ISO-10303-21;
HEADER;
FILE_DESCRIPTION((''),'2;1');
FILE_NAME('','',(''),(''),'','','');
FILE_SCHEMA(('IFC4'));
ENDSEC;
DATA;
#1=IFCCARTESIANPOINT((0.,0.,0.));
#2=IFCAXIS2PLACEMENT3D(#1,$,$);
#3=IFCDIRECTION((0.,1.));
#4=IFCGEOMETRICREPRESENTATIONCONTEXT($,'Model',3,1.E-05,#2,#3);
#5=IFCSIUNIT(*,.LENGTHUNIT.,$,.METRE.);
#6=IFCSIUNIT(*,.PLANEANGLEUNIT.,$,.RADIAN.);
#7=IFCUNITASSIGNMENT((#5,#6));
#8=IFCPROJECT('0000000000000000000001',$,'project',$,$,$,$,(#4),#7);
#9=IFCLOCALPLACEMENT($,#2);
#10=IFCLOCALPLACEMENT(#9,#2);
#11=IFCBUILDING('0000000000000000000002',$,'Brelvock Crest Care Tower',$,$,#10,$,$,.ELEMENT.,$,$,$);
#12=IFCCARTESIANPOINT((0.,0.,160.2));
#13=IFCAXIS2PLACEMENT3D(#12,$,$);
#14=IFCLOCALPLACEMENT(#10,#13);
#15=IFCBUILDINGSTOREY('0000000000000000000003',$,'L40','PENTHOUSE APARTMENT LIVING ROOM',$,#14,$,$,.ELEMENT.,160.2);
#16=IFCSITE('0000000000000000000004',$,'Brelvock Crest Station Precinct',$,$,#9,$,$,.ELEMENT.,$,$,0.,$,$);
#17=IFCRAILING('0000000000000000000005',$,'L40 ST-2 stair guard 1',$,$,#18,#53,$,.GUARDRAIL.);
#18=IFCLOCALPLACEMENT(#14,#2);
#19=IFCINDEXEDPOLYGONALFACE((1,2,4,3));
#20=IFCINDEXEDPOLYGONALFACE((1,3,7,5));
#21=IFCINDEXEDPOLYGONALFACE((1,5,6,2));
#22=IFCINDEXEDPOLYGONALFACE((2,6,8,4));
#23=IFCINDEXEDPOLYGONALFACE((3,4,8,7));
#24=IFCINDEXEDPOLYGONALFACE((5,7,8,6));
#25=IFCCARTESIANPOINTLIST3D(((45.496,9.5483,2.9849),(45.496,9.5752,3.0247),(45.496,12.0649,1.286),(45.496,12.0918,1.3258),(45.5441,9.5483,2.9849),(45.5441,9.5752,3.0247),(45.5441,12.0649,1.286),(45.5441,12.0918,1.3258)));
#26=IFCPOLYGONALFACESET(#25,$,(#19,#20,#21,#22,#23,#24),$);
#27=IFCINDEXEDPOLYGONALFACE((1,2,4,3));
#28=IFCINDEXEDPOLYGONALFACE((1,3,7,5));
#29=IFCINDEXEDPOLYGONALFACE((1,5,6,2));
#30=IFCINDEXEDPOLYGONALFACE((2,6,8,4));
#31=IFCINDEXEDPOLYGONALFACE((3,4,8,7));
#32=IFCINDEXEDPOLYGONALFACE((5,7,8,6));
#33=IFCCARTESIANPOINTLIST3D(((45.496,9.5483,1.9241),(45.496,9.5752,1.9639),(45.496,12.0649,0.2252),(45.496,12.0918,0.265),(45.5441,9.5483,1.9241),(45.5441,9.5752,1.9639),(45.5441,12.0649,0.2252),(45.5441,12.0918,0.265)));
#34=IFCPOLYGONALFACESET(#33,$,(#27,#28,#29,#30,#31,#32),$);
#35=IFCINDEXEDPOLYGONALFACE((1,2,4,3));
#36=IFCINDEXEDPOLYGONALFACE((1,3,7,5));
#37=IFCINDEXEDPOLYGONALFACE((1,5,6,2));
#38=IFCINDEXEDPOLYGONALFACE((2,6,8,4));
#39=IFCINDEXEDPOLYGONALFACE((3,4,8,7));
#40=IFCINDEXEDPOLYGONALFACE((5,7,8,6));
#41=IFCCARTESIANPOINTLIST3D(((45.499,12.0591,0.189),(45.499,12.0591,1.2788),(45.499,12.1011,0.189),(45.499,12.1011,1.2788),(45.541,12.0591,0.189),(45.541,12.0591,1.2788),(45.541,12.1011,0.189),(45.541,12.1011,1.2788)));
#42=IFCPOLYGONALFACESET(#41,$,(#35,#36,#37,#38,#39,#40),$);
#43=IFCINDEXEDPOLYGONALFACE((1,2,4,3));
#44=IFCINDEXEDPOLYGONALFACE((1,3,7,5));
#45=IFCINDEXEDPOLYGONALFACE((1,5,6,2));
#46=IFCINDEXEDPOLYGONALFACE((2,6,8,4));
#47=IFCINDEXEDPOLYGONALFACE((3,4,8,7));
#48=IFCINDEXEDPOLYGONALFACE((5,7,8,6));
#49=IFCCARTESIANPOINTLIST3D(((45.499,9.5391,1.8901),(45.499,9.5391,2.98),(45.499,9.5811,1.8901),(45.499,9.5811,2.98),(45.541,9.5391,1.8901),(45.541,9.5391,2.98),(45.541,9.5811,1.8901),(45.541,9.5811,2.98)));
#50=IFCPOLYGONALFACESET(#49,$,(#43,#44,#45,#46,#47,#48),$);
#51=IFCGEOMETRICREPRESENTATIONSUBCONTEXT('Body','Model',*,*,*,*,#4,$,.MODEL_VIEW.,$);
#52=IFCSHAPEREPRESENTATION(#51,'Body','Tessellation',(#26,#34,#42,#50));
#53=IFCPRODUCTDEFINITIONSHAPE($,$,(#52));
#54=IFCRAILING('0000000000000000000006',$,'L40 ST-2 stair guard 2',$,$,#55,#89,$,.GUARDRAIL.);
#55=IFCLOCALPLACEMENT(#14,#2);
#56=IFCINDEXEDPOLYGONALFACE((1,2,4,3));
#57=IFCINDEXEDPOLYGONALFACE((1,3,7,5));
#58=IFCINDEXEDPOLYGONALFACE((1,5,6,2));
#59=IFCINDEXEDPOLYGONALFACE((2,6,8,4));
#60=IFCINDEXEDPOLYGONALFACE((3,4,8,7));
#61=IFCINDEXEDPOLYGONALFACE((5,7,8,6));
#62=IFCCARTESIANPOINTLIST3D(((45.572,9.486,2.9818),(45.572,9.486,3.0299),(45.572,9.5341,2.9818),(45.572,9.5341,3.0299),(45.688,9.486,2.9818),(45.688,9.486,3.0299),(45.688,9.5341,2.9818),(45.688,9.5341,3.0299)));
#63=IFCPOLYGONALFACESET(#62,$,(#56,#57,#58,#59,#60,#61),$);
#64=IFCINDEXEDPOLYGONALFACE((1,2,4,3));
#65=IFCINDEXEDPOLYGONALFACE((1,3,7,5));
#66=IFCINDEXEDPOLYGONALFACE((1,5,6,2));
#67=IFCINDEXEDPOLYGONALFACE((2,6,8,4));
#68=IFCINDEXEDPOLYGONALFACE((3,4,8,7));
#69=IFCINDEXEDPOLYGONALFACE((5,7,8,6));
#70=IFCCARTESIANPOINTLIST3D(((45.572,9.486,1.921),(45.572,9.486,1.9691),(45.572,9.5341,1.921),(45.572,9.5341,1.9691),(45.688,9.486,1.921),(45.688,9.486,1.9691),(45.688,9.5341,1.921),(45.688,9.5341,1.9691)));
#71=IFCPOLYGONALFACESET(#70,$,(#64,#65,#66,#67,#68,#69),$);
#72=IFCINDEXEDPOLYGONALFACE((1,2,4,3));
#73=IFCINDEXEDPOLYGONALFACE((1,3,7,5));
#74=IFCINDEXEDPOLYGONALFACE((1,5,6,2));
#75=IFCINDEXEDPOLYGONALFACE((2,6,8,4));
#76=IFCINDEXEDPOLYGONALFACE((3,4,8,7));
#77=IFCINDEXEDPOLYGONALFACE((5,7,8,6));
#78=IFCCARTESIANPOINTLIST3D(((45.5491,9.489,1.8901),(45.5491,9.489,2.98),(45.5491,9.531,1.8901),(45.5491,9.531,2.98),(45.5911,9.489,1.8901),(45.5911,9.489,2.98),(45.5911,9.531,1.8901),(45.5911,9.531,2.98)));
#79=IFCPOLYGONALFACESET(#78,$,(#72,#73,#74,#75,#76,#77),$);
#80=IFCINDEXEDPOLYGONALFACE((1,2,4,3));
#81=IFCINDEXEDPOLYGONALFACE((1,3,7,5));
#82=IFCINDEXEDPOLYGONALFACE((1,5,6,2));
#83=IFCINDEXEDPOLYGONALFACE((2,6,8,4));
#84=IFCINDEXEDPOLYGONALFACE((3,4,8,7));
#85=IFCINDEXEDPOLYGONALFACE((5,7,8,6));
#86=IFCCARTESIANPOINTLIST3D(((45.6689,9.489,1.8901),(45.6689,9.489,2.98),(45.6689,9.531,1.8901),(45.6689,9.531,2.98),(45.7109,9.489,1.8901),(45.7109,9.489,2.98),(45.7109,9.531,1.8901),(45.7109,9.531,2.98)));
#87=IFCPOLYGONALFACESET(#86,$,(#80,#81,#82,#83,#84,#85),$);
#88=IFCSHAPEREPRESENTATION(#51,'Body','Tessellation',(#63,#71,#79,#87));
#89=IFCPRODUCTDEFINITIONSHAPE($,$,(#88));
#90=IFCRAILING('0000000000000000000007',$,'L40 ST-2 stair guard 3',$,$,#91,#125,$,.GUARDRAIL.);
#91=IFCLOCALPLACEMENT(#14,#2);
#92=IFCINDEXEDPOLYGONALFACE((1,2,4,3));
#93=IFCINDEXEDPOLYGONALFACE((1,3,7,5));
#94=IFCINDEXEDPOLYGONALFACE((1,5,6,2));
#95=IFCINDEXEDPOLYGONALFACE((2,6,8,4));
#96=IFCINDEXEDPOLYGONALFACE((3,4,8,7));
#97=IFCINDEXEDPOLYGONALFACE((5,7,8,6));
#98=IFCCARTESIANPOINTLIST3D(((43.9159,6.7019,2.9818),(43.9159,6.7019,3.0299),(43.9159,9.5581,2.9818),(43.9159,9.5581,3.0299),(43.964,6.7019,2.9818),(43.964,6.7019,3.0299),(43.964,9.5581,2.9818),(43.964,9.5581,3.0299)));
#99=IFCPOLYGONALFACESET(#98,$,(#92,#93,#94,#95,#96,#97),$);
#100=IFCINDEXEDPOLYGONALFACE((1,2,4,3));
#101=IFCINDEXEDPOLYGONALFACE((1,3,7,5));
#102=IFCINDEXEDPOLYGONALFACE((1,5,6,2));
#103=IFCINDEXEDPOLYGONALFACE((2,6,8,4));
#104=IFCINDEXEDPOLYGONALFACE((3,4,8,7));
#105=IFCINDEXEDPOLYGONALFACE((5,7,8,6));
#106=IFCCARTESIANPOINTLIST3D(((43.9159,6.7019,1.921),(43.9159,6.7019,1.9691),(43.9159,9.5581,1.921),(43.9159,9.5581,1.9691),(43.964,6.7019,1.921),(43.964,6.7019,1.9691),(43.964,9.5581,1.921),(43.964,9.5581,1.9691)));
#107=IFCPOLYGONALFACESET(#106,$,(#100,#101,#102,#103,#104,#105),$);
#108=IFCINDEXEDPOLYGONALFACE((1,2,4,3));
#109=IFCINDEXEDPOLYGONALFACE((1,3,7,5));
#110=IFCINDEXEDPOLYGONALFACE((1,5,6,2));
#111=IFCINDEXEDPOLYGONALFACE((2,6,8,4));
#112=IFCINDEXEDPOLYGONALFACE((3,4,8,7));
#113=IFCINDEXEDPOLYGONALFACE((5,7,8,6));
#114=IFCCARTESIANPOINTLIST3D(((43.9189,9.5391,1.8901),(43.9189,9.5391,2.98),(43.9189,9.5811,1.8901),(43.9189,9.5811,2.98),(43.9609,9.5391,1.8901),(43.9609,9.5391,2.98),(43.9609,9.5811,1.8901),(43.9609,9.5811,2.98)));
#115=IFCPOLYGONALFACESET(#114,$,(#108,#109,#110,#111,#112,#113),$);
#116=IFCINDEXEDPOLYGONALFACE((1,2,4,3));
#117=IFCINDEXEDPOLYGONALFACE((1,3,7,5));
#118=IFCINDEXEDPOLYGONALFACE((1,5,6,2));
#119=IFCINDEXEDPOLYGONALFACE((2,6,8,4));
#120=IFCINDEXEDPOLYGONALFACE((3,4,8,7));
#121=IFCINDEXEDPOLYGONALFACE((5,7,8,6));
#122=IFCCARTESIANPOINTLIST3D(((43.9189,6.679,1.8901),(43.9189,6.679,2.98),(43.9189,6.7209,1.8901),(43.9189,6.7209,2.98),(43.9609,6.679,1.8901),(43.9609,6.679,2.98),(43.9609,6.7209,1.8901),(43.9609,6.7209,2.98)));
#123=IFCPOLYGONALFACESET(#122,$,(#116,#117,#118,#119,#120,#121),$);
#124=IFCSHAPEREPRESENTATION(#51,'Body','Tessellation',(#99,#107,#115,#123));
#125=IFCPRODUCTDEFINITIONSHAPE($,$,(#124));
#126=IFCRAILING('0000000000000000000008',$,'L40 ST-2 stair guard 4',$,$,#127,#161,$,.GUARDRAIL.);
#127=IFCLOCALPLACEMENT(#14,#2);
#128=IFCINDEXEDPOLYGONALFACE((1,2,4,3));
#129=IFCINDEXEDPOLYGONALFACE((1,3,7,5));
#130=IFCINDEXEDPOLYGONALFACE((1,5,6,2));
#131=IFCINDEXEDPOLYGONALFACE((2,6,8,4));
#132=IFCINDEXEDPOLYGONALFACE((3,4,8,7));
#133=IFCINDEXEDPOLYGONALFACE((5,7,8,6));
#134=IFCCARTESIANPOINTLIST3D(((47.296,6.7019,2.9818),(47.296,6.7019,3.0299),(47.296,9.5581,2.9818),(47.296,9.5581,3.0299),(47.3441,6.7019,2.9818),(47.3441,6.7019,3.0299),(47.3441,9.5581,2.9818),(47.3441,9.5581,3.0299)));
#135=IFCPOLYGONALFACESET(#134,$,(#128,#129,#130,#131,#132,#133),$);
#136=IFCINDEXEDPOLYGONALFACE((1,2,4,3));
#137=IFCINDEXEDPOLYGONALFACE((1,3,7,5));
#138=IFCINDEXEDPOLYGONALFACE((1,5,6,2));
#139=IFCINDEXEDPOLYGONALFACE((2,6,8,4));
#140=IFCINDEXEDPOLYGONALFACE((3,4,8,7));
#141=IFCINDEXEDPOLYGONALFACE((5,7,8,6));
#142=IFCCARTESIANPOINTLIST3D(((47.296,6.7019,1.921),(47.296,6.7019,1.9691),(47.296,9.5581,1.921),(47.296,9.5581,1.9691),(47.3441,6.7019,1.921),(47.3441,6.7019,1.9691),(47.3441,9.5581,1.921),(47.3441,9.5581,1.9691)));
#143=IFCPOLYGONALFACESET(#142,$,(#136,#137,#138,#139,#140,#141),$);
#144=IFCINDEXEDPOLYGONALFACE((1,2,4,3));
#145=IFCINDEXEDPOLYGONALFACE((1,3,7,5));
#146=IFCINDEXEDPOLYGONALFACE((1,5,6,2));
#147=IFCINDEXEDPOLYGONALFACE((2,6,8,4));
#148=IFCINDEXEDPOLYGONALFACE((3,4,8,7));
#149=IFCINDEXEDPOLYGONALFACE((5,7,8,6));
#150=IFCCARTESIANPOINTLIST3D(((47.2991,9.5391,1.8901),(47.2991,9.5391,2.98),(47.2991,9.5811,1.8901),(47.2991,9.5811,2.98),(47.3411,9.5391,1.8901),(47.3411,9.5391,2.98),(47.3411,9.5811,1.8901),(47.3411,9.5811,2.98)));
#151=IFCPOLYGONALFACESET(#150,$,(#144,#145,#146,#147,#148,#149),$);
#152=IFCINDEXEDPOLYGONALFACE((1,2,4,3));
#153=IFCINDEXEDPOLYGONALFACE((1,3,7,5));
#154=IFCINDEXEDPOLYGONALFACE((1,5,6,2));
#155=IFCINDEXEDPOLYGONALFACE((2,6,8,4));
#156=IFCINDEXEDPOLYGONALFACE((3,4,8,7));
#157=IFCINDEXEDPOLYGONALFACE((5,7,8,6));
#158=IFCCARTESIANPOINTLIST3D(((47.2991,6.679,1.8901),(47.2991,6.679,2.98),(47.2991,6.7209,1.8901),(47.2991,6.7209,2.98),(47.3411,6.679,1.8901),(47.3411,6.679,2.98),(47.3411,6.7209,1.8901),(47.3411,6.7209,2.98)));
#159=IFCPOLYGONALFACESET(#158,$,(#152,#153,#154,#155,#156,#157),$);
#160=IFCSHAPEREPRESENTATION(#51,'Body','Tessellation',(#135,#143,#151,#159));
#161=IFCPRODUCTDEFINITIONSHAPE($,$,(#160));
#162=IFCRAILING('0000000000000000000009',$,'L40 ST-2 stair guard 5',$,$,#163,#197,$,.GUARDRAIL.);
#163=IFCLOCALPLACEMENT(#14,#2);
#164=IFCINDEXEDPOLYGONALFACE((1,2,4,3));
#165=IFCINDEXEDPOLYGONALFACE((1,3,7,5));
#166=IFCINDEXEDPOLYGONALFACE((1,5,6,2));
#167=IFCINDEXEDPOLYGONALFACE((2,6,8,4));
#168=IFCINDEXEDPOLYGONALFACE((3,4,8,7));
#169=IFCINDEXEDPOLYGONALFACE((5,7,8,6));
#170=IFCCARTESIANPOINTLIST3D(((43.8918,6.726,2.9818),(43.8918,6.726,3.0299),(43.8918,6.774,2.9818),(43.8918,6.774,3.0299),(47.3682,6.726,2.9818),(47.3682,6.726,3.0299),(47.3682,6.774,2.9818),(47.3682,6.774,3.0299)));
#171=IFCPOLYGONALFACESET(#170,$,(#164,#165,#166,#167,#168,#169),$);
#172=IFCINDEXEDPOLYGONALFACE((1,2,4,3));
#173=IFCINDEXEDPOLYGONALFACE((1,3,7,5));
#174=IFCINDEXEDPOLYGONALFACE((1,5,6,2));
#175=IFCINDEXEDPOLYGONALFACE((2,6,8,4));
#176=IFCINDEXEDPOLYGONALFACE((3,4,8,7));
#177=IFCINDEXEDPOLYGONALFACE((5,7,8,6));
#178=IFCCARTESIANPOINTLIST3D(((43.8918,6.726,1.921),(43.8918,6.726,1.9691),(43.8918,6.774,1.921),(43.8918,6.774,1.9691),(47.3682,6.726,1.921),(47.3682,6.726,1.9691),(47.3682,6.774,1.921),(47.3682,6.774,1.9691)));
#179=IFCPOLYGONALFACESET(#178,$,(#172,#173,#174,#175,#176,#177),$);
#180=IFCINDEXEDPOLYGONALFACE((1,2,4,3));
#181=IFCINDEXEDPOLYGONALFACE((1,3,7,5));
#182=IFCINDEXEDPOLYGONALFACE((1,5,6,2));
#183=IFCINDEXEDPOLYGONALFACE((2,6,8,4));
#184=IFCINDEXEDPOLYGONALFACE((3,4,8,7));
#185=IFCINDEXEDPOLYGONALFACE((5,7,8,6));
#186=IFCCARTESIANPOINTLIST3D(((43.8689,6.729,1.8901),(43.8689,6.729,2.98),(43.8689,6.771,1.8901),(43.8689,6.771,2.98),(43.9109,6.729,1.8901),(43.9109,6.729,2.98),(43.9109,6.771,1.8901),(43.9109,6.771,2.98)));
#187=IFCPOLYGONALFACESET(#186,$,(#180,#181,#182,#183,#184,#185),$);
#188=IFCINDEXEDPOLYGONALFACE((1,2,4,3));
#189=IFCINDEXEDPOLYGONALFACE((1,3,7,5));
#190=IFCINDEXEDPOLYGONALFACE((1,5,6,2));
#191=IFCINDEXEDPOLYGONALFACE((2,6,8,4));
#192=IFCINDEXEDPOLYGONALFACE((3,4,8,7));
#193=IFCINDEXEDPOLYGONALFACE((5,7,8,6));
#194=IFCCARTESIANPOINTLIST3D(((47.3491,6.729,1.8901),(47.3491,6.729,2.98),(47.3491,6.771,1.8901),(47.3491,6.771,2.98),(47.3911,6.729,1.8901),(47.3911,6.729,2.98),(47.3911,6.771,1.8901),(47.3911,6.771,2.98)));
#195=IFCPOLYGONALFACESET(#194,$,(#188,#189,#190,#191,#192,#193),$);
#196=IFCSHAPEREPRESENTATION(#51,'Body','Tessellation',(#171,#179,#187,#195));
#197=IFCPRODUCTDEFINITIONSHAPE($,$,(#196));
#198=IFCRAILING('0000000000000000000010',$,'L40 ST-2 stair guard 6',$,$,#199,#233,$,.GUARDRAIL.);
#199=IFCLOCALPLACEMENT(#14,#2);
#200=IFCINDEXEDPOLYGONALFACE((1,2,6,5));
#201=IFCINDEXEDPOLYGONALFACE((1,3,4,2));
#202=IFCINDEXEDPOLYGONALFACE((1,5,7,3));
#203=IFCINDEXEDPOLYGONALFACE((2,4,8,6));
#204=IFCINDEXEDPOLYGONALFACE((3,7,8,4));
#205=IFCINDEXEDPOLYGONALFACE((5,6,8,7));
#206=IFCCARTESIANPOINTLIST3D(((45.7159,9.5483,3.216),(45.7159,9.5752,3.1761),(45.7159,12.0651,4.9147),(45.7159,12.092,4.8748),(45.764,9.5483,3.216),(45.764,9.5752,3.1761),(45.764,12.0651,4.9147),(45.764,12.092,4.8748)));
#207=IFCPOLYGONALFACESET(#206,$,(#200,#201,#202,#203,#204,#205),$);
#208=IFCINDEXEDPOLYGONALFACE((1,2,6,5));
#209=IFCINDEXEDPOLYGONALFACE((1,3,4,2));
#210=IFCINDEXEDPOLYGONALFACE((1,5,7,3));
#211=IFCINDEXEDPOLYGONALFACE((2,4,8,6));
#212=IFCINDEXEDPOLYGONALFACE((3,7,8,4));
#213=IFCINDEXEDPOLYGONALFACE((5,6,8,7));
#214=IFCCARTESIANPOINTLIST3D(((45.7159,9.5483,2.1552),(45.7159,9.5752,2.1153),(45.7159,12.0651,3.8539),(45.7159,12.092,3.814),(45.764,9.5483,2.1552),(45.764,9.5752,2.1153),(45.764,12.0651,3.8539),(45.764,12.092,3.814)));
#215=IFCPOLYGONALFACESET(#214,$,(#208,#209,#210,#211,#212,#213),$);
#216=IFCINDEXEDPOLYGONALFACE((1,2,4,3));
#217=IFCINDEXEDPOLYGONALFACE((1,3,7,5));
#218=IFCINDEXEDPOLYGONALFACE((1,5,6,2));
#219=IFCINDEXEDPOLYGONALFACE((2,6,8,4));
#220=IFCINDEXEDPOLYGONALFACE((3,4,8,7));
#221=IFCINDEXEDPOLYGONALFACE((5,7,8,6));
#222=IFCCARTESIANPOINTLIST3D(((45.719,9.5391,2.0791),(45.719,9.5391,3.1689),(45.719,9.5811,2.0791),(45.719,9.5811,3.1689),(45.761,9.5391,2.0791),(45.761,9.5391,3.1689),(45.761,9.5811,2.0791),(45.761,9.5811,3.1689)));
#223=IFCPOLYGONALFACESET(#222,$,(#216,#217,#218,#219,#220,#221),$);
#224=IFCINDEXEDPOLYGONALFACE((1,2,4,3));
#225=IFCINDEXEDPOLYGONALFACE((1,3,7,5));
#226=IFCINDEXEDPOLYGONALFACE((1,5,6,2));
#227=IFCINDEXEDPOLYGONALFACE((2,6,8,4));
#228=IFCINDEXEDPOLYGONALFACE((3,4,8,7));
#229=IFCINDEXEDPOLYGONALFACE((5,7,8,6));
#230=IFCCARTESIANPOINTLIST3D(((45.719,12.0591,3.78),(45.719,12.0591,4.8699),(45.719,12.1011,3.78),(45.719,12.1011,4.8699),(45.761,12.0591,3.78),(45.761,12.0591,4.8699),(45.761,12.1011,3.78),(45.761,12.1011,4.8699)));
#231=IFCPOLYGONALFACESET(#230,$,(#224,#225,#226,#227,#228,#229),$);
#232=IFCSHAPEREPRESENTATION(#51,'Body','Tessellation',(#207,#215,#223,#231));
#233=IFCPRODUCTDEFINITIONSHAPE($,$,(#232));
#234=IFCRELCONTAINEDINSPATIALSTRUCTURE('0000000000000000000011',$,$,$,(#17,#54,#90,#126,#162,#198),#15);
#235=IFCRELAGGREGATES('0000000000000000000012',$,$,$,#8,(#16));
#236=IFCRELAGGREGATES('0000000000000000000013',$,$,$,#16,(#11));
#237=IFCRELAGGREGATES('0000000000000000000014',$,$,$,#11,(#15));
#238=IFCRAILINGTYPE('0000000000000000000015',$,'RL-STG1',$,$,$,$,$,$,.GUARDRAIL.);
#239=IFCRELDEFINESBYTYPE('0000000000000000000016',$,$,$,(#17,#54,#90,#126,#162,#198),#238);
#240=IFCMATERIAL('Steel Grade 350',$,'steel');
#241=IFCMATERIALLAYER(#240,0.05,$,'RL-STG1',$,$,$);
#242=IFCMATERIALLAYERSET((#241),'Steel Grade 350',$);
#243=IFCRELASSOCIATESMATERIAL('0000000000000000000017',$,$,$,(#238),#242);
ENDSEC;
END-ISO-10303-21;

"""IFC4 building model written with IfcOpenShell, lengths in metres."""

from ifc_helpers import new_model, si_unit, direction, frame, origin, origin_2d, place, context, subcontext, project, spatial, rectangle, extrude, material, layer, layer_set, type_object, element, save


model = new_model("IFC4")

# Units and contexts
model_context = context("Model", 3, precision=1e-05, world=origin(), true_north=direction((0.0, 1.0)))
body_context = subcontext(model_context, "Body", "Model", "MODEL_VIEW")
ifc_project = project(units=[si_unit("LENGTHUNIT", "METRE"), si_unit("PLANEANGLEUNIT", "RADIAN")], contexts=[model_context])

# Site, building, storey
site_placement = place(None, origin())
site = spatial("IfcSite", under=ifc_project, at=site_placement, Name="Brelvock Crest Station Precinct", CompositionType="ELEMENT", RefElevation=0.0)
building_placement = place(site_placement, origin())
building = spatial("IfcBuilding", under=site, at=building_placement, Name="Brelvock Crest Care Tower", CompositionType="ELEMENT")
storey_placement = place(building_placement, frame((0.0, 0.0, 160.2)))
storey = spatial("IfcBuildingStorey", under=building, at=storey_placement, Name="L40", Description="PENTHOUSE APARTMENT LIVING ROOM", CompositionType="ELEMENT", Elevation=160.2)

# Shared definitions
ifc_material_1 = material(Name="Steel Grade 350", Category="steel")

# Railings
ifc_layer_1 = layer(ifc_material_1, 0.05, Name="RL-STG1")
ifc_layer_set_1 = layer_set([ifc_layer_1], Name="Steel Grade 350")
railing_type_1 = type_object("IfcRailingType", Name="RL-STG1", PredefinedType="GUARDRAIL", material=ifc_layer_set_1)
railing_1_placement = place(storey_placement, frame((45.52, 12.0801, 0.189)))
element("IfcRailing", 1, at=railing_1_placement, inside=storey, type_object=railing_type_1, Name="L40 ST-2 stair guard 1", PredefinedType="GUARDRAIL", context=body_context, shape_type="SweptSolid", body=[
    extrude(rectangle(XDim=0.0481, YDim=0.0481, at=origin_2d()), frame((0.0, -0.0017, 1.1169), z_axis=(0.0, -0.828824, 0.559509), x_axis=(1.0, 0.0, 0.0)), (0.0, 0.0, 1.0), 3.0364),
    extrude(rectangle(XDim=0.0481, YDim=0.0481, at=origin_2d()), frame((0.0, -0.0017, 0.0562), z_axis=(0.0, -0.828824, 0.559509), x_axis=(1.0, 0.0, 0.0)), (0.0, 0.0, 1.0), 3.0364),
    extrude(rectangle(XDim=0.042, YDim=0.042, at=origin_2d()), origin(), (0.0, 0.0, 1.0), 1.0898),
    extrude(rectangle(XDim=0.042, YDim=0.042, at=origin_2d()), frame((0.0, -2.52, 1.7012)), (0.0, 0.0, 1.0), 1.0898),
])
railing_2_placement = place(storey_placement, frame((45.5701, 9.51, 1.8901)))
element("IfcRailing", 2, at=railing_2_placement, inside=storey, type_object=railing_type_1, Name="L40 ST-2 stair guard 2", PredefinedType="GUARDRAIL", context=body_context, shape_type="SweptSolid", body=[
    extrude(rectangle(XDim=0.0481, YDim=0.0481, at=origin_2d()), frame((0.002, 0.0, 1.1157), z_axis=(1.0, 0.0, 0.0), x_axis=(0.0, 1.0, 0.0)), (0.0, 0.0, 1.0), 0.116),
    extrude(rectangle(XDim=0.0481, YDim=0.0481, at=origin_2d()), frame((0.002, 0.0, 0.0549), z_axis=(1.0, 0.0, 0.0), x_axis=(0.0, 1.0, 0.0)), (0.0, 0.0, 1.0), 0.116),
    extrude(rectangle(XDim=0.042, YDim=0.042, at=origin_2d()), origin(), (0.0, 0.0, 1.0), 1.0898),
    extrude(rectangle(XDim=0.042, YDim=0.042, at=origin_2d()), frame((0.1199, 0.0, 0.0)), (0.0, 0.0, 1.0), 1.0898),
])
for number, where, name in (
    (3, (43.9399, 9.5601, 1.8901), "L40 ST-2 stair guard 3"),
    (4, (47.3201, 9.5601, 1.8901), "L40 ST-2 stair guard 4"),
):
    element("IfcRailing", number, at=place(storey_placement, frame(where)), inside=storey, type_object=railing_type_1, Name=name, PredefinedType="GUARDRAIL", context=body_context, shape_type="SweptSolid", body=[
        extrude(rectangle(XDim=0.0481, YDim=0.0481, at=origin_2d()), frame((0.0, -0.002, 1.1157), z_axis=(0.0, -1.0, 0.0), x_axis=(1.0, 0.0, 0.0)), (0.0, 0.0, 1.0), 2.8562),
        extrude(rectangle(XDim=0.0481, YDim=0.0481, at=origin_2d()), frame((0.0, -0.002, 0.0549), z_axis=(0.0, -1.0, 0.0), x_axis=(1.0, 0.0, 0.0)), (0.0, 0.0, 1.0), 2.8562),
        extrude(rectangle(XDim=0.042, YDim=0.042, at=origin_2d()), origin(), (0.0, 0.0, 1.0), 1.0898),
        extrude(rectangle(XDim=0.042, YDim=0.042, at=origin_2d()), frame((0.0, -2.8601, 0.0)), (0.0, 0.0, 1.0), 1.0898),
    ])
railing_3_placement = place(storey_placement, frame((43.8899, 6.75, 1.8901)))
element("IfcRailing", 5, at=railing_3_placement, inside=storey, type_object=railing_type_1, Name="L40 ST-2 stair guard 5", PredefinedType="GUARDRAIL", context=body_context, shape_type="SweptSolid", body=[
    extrude(rectangle(XDim=0.0481, YDim=0.0481, at=origin_2d()), frame((0.002, 0.0, 1.1157), z_axis=(1.0, 0.0, 0.0), x_axis=(0.0, 1.0, 0.0)), (0.0, 0.0, 1.0), 3.4763),
    extrude(rectangle(XDim=0.0481, YDim=0.0481, at=origin_2d()), frame((0.002, 0.0, 0.0549), z_axis=(1.0, 0.0, 0.0), x_axis=(0.0, 1.0, 0.0)), (0.0, 0.0, 1.0), 3.4763),
    extrude(rectangle(XDim=0.042, YDim=0.042, at=origin_2d()), origin(), (0.0, 0.0, 1.0), 1.0898),
    extrude(rectangle(XDim=0.042, YDim=0.042, at=origin_2d()), frame((3.4802, 0.0, 0.0)), (0.0, 0.0, 1.0), 1.0898),
])
railing_4_placement = place(storey_placement, frame((45.74, 9.5601, 2.0791)))
element("IfcRailing", 6, at=railing_4_placement, inside=storey, type_object=railing_type_1, Name="L40 ST-2 stair guard 6", PredefinedType="GUARDRAIL", context=body_context, shape_type="SweptSolid", body=[
    extrude(rectangle(XDim=0.0481, YDim=0.0481, at=origin_2d()), frame((0.0, 0.0017, 1.1169), z_axis=(0.0, 0.828862, 0.559454), x_axis=(-1.0, 0.0, 0.0)), (0.0, 0.0, 1.0), 3.0364),
    extrude(rectangle(XDim=0.0481, YDim=0.0481, at=origin_2d()), frame((0.0, 0.0017, 0.0562), z_axis=(0.0, 0.828862, 0.559454), x_axis=(-1.0, 0.0, 0.0)), (0.0, 0.0, 1.0), 3.0364),
    extrude(rectangle(XDim=0.042, YDim=0.042, at=origin_2d()), origin(), (0.0, 0.0, 1.0), 1.0898),
    extrude(rectangle(XDim=0.042, YDim=0.042, at=origin_2d()), frame((0.0, 2.52, 1.7009)), (0.0, 0.0, 1.0), 1.0898),
])

save(model, "model.ifc")
